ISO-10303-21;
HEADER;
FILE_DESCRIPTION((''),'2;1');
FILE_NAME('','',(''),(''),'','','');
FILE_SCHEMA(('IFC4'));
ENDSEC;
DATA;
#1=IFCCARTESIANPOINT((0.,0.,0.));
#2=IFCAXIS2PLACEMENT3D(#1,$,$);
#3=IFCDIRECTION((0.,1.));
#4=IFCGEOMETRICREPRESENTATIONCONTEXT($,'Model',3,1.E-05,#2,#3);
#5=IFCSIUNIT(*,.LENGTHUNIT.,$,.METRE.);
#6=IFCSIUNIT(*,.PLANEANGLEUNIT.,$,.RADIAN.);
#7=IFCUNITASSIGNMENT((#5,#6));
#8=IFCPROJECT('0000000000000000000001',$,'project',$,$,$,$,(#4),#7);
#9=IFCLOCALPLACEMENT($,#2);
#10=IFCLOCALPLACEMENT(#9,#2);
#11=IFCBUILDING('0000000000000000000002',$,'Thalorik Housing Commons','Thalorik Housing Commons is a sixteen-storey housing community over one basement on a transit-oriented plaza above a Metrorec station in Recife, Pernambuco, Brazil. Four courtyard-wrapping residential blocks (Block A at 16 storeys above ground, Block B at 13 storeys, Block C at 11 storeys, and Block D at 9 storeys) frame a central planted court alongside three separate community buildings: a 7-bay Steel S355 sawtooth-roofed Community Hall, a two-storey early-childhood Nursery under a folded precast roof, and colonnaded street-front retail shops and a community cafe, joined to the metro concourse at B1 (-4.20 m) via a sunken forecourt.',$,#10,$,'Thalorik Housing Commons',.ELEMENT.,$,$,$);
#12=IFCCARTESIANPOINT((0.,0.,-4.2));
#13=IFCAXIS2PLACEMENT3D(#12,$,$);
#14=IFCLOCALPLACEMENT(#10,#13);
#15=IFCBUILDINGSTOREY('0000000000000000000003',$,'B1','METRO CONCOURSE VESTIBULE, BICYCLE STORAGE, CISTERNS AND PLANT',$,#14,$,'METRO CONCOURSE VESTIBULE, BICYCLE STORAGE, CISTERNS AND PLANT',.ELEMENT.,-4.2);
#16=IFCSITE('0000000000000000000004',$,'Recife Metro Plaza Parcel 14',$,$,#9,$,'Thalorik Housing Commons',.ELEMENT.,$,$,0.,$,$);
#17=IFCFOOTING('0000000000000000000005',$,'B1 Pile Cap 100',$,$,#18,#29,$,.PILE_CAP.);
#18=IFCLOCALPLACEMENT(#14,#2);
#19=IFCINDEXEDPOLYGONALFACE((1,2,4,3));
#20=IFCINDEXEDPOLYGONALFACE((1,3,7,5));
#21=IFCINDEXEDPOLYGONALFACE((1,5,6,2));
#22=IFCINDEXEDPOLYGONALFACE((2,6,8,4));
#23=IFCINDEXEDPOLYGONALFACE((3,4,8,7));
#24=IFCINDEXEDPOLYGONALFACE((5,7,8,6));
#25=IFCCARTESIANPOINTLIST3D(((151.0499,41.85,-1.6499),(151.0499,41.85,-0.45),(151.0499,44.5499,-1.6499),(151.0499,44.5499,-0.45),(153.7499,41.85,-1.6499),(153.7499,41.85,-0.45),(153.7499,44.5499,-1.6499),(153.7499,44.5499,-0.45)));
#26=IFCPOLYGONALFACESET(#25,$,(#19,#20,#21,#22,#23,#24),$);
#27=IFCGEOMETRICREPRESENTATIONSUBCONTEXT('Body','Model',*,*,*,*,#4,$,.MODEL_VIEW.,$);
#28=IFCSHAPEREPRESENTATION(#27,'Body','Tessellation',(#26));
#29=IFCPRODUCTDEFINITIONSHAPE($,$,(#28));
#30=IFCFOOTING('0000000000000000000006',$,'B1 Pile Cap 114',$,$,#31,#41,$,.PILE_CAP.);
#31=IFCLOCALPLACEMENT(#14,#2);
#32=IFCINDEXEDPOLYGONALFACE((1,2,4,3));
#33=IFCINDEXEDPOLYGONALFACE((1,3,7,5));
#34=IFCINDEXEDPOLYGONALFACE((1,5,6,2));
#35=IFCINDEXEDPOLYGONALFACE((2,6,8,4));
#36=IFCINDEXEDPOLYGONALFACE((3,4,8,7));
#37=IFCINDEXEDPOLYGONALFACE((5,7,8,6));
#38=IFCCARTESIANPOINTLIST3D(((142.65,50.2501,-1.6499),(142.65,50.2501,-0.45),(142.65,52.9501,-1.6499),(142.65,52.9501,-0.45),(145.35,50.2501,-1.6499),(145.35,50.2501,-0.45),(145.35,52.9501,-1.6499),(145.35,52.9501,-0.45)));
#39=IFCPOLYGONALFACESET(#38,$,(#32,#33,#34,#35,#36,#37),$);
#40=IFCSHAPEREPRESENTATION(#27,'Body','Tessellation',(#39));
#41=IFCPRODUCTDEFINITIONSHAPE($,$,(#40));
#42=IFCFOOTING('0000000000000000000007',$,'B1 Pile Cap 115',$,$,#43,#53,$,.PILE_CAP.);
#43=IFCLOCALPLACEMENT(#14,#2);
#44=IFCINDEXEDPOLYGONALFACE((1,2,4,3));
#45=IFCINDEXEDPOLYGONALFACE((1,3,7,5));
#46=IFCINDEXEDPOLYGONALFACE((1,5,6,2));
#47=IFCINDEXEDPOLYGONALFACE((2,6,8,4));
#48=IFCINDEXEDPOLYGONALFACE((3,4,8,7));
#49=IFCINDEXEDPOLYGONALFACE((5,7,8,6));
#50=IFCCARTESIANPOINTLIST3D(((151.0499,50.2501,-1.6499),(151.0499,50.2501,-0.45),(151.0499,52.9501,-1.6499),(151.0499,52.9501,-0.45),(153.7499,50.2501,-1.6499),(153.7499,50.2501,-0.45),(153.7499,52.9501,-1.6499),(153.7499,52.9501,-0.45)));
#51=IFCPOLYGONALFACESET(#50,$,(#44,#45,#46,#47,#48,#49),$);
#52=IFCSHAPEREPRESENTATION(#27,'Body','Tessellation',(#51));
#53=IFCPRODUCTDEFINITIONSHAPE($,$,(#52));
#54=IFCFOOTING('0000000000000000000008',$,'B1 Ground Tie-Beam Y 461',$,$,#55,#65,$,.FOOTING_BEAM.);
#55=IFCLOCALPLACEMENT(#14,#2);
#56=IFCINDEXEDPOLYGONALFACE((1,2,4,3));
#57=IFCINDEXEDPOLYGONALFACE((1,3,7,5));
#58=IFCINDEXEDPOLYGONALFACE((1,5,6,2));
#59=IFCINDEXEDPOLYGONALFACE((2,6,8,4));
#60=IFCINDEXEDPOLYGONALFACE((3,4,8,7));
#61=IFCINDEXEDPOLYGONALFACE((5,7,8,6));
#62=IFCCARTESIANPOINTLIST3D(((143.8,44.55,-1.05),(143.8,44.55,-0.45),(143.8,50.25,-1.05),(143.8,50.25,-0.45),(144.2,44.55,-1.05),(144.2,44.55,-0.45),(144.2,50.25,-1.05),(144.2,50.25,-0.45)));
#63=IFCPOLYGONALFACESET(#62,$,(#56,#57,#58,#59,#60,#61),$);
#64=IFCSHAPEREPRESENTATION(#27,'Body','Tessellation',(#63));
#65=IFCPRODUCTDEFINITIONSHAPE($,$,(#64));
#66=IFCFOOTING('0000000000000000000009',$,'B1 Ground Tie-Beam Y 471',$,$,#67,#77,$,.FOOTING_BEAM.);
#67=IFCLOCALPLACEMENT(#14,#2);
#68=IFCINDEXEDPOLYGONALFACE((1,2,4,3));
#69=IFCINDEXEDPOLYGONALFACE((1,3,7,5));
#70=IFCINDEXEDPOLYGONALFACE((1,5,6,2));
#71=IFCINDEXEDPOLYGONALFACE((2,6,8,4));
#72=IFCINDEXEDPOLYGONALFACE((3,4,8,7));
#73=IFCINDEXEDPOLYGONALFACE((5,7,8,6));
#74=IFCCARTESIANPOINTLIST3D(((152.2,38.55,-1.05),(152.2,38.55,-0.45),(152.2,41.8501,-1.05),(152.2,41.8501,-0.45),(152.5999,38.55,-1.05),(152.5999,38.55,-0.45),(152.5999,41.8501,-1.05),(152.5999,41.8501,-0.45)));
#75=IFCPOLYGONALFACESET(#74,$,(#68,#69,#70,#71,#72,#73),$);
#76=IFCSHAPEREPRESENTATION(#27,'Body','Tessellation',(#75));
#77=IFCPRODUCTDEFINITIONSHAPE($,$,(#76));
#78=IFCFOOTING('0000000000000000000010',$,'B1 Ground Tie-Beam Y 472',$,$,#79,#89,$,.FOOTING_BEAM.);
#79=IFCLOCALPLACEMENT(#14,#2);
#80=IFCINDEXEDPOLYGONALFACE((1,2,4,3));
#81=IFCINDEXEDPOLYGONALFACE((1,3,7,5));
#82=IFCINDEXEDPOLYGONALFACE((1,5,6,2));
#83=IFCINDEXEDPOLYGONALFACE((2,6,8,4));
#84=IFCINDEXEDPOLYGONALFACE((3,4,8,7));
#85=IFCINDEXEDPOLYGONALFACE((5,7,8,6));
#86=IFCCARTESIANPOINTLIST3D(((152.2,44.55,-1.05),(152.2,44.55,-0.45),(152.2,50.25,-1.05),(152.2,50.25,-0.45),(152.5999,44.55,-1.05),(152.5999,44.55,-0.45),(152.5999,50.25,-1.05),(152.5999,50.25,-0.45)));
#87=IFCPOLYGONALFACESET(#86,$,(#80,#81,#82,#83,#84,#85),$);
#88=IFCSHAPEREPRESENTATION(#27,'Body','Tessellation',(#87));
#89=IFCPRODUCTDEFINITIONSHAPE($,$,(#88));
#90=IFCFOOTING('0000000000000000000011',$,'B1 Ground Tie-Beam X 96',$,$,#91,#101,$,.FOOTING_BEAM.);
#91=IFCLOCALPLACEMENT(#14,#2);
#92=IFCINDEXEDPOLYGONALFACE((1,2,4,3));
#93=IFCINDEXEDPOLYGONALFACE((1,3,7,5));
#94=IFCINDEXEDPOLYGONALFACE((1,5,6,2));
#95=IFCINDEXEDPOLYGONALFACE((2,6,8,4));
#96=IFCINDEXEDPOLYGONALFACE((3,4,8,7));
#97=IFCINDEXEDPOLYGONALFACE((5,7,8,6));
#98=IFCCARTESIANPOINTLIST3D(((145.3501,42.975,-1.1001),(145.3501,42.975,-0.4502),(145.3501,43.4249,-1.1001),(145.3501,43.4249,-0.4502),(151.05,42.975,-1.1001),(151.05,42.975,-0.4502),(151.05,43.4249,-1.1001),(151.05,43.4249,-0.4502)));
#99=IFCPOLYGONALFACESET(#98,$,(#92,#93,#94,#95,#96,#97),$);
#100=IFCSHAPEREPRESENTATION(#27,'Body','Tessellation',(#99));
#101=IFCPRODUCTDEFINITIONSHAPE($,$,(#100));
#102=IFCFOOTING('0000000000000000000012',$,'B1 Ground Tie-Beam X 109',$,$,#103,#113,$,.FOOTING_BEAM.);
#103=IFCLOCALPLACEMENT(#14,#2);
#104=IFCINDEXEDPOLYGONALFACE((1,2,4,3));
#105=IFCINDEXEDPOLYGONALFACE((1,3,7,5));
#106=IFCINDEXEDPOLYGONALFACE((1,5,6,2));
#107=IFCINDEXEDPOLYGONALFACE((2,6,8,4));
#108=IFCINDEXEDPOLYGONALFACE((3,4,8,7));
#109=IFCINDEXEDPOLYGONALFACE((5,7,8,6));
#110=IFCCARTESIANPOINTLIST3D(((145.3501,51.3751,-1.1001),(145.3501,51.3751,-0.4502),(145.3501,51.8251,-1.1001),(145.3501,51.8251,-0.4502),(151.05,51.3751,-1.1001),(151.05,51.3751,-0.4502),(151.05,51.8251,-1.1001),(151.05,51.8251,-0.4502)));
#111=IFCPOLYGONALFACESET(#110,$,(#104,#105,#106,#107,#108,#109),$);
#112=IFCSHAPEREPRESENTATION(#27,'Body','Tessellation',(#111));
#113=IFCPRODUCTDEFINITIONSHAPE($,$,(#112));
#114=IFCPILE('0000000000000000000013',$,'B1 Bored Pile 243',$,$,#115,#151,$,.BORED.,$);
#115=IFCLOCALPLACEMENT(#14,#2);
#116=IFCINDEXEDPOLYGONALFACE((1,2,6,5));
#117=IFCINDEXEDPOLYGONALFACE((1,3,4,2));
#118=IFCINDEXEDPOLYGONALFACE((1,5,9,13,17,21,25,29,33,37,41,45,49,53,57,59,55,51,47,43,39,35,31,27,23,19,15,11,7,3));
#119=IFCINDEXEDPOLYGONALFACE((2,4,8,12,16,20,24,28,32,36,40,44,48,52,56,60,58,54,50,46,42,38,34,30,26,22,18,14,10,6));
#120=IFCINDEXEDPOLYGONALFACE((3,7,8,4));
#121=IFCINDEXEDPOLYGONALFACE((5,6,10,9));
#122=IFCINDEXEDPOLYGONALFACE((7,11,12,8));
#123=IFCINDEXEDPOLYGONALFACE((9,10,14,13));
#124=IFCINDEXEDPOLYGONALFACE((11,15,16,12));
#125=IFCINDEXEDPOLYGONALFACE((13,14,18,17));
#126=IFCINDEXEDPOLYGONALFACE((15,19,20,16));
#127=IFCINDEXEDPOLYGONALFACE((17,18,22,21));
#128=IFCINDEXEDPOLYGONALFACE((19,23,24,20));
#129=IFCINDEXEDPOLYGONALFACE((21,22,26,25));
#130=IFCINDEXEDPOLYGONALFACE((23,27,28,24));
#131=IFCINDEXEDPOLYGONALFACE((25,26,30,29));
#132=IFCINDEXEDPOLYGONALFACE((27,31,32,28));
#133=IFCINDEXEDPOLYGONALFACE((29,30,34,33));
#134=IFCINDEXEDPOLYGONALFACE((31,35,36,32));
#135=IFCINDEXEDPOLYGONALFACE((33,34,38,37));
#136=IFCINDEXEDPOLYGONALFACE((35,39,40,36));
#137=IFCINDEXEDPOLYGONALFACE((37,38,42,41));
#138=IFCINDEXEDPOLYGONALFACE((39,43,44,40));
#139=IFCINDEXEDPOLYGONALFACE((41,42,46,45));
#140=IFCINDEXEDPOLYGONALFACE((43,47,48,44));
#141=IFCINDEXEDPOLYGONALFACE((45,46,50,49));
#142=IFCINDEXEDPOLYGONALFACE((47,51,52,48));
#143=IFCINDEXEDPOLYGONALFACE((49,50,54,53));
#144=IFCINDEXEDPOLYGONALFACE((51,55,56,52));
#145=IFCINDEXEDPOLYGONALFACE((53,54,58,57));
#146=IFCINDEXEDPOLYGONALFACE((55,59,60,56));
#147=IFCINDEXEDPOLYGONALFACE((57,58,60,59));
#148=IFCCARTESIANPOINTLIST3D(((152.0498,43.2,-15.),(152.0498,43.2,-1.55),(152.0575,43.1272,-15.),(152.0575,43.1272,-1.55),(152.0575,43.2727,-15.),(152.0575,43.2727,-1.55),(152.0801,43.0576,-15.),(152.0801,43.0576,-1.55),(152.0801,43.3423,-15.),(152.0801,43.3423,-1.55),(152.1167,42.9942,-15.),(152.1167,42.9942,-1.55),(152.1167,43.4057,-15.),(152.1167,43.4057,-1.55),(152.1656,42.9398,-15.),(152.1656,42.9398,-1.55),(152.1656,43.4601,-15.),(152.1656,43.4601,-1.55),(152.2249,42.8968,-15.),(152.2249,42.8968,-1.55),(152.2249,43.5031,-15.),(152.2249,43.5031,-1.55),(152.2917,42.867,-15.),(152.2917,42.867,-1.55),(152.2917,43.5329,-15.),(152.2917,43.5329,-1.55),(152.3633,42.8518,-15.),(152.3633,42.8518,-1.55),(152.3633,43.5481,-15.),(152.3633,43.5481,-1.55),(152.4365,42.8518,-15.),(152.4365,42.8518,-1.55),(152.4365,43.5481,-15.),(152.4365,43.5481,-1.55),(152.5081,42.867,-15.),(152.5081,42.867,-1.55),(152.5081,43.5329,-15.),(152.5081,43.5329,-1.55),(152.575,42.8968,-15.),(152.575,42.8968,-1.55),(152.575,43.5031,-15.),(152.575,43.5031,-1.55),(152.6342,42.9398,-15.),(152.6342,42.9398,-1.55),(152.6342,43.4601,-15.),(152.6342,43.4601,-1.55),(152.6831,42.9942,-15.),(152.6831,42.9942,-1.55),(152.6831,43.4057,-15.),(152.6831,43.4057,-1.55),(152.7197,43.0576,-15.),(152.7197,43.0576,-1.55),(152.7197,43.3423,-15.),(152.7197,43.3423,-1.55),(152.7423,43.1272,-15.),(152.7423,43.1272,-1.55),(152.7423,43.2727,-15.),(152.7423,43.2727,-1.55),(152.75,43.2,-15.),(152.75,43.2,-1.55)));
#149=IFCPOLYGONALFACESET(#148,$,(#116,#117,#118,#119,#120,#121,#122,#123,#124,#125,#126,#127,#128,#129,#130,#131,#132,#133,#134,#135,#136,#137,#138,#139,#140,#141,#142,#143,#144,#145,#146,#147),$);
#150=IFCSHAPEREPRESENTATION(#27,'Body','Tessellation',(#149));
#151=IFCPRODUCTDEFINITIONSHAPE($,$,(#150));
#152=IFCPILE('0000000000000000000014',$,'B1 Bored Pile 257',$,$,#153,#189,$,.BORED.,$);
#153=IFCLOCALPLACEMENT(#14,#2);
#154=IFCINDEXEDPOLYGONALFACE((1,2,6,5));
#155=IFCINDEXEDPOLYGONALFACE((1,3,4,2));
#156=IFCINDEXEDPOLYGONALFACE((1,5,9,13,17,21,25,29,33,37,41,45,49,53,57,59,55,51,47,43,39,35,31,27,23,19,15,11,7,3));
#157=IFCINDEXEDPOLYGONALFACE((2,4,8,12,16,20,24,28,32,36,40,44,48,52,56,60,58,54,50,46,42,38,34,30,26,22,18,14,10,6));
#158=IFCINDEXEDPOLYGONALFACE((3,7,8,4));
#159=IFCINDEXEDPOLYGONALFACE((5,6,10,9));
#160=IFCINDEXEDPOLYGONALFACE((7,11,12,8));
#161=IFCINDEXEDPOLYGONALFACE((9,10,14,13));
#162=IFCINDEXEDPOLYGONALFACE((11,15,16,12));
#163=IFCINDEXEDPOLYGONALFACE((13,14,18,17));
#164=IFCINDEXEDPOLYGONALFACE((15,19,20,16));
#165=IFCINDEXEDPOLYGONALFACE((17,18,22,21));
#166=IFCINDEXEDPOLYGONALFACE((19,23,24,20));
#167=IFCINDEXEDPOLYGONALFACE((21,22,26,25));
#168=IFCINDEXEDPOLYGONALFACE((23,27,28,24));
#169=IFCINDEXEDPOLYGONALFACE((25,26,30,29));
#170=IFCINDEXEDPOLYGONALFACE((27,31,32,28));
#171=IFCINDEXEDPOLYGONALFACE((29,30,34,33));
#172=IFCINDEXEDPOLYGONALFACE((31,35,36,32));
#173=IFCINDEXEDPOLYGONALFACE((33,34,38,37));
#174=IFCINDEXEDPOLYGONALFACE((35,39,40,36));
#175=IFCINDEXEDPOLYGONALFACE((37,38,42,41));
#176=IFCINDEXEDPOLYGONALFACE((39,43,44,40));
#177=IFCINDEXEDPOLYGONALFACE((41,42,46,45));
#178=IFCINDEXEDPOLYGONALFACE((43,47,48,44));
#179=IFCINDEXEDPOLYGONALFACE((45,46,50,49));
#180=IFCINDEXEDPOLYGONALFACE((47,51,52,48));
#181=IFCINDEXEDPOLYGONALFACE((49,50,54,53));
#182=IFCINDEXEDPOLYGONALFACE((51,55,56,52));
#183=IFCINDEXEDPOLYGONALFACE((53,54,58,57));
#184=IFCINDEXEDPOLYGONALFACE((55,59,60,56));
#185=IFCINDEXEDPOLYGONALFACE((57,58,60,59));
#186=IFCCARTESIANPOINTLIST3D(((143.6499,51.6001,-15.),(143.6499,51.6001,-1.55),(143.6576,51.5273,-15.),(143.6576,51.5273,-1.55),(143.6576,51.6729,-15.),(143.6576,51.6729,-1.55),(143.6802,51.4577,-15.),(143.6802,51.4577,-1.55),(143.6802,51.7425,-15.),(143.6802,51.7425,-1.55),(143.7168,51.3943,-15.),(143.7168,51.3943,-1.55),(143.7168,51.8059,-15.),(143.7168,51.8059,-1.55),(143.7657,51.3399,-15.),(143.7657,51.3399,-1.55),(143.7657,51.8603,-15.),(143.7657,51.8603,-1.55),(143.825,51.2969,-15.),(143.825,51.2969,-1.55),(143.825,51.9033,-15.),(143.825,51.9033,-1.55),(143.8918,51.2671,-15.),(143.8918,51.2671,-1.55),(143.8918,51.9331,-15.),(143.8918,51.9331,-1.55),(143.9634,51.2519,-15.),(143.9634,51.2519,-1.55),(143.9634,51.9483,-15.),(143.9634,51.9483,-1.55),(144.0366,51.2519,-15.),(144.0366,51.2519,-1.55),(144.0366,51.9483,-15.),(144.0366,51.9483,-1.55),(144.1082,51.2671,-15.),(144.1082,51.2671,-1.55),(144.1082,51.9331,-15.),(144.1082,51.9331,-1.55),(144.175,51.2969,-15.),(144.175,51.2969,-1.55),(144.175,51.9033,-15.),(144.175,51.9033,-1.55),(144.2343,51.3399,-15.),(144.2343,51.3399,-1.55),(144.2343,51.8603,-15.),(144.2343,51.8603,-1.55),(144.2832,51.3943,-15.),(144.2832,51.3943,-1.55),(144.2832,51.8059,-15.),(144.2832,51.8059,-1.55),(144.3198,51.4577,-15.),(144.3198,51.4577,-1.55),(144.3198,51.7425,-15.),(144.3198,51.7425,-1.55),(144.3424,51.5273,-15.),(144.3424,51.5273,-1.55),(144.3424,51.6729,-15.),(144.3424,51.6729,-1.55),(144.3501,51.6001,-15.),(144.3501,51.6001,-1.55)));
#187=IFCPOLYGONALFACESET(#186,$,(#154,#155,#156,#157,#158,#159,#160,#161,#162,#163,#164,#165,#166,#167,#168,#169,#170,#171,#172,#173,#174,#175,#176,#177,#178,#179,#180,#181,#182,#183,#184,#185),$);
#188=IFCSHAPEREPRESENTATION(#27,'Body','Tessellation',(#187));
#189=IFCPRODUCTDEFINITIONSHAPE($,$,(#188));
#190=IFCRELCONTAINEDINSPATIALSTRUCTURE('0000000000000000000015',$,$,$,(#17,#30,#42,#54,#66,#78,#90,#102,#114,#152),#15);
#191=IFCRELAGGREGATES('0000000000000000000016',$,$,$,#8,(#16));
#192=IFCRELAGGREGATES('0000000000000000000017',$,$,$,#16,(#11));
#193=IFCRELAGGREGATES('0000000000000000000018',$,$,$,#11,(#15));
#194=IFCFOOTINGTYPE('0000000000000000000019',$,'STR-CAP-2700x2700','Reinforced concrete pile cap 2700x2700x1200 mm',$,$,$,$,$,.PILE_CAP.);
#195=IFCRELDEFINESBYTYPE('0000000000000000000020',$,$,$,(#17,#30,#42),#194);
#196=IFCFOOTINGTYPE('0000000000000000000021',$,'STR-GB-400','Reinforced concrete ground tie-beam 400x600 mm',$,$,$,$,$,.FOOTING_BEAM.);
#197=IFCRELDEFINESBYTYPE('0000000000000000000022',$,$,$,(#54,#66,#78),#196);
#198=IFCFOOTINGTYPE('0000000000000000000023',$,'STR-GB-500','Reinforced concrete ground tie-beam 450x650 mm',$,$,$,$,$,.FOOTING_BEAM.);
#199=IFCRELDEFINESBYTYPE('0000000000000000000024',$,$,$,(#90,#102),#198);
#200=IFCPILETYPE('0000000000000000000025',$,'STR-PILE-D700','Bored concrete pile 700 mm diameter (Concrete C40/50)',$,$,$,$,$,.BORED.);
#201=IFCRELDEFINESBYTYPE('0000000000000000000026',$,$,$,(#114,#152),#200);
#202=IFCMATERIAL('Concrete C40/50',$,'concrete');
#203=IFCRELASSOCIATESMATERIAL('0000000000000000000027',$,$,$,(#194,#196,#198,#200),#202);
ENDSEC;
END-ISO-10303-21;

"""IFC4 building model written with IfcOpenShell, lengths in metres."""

from ifc_helpers import new_model, si_unit, direction, frame, origin, origin_2d, place, context, subcontext, project, spatial, rectangle, circle, extrude, material, material_profile, profile_set, type_object, element, save


model = new_model("IFC4")

# Units and contexts
model_context = context("Model", 3, precision=1e-05, world=origin(), true_north=direction((0.0, 1.0)))
body_context = subcontext(model_context, "Body", "Model", "MODEL_VIEW")
ifc_project = project(units=[si_unit("LENGTHUNIT", "METRE"), si_unit("PLANEANGLEUNIT", "RADIAN")], contexts=[model_context])

# Site, building, storey
site_placement = place(None, origin())
site = spatial("IfcSite", under=ifc_project, at=site_placement, Name="Recife Metro Plaza Parcel 14", LongName="Thalorik Housing Commons", CompositionType="ELEMENT", RefElevation=0.0)
building_placement = place(site_placement, origin())
building = spatial("IfcBuilding", under=site, at=building_placement, Name="Thalorik Housing Commons", Description="Thalorik Housing Commons is a sixteen-storey housing community over one basement on a transit-oriented plaza above a Metrorec station in Recife, Pernambuco, Brazil. Four courtyard-wrapping residential blocks (Block A at 16 storeys above ground, Block B at 13 storeys, Block C at 11 storeys, and Block D at 9 storeys) frame a central planted court alongside three separate community buildings: a 7-bay Steel S355 sawtooth-roofed Community Hall, a two-storey early-childhood Nursery under a folded precast roof, and colonnaded street-front retail shops and a community cafe, joined to the metro concourse at B1 (-4.20 m) via a sunken forecourt.", LongName="Thalorik Housing Commons", CompositionType="ELEMENT")
storey_placement = place(building_placement, frame((0.0, 0.0, -4.2)))
storey = spatial("IfcBuildingStorey", under=building, at=storey_placement, Name="B1", Description="METRO CONCOURSE VESTIBULE, BICYCLE STORAGE, CISTERNS AND PLANT", LongName="METRO CONCOURSE VESTIBULE, BICYCLE STORAGE, CISTERNS AND PLANT", CompositionType="ELEMENT", Elevation=-4.2)

# Footings
ifc_material_1 = material(Name="Concrete C40/50", Category="concrete")
footing_type_1 = type_object("IfcFootingType", Name="STR-CAP-2700x2700", Description="Reinforced concrete pile cap 2700x2700x1200 mm", PredefinedType="PILE_CAP", material=ifc_material_1)
for number, where, z_axis, x_axis, name in (
    (1, (152.3999, 43.2, -1.6499), (0.0, 0.0, 1.0), (1.0, 0.0, 0.0), "B1 Pile Cap 100"),
    (2, (144.0, 51.6001, -1.6499), (0.0, 0.0, 1.0), (1.0, 0.0, 0.0), "B1 Pile Cap 114"),
    (3, (152.3999, 51.6001, -1.6499), (0.0, 0.0, 1.0), (1.0, 0.0, 0.0), "B1 Pile Cap 115"),
):
    element("IfcFooting", number, at=place(storey_placement, frame(where, z_axis=z_axis, x_axis=x_axis)), inside=storey, type_object=footing_type_1, Name=name, PredefinedType="PILE_CAP", context=body_context, shape_type="SweptSolid", body=[
        extrude(rectangle(XDim=2.7, YDim=2.7, at=origin_2d()), origin(), (0.0, 0.0, 1.0), 1.2),
    ])
ifc_material_profile_1 = material_profile(ifc_material_1, rectangle(XDim=0.3999, YDim=0.6001, at=origin_2d()), Name="RC 400x600", Category="concrete")
ifc_profile_set_1 = profile_set([ifc_material_profile_1], Name="Concrete C40/50")
footing_type_2 = type_object("IfcFootingType", Name="STR-GB-400", Description="Reinforced concrete ground tie-beam 400x600 mm", PredefinedType="FOOTING_BEAM", material=ifc_profile_set_1)
footing_1_placement = place(storey_placement, frame((144.0, 44.55, -0.75), z_axis=(0.0, 1.0, 0.0), x_axis=(-1.0, 0.0, 0.0)))
element("IfcFooting", 4, at=footing_1_placement, inside=storey, type_object=footing_type_2, Name="B1 Ground Tie-Beam Y 461", PredefinedType="FOOTING_BEAM", context=body_context, shape_type="SweptSolid", body=[
    extrude(rectangle(XDim=0.3999, YDim=0.6001, at=origin_2d()), origin(), (0.0, 0.0, 1.0), 5.7),
])
footing_2_placement = place(storey_placement, frame((152.3999, 38.55, -0.75), z_axis=(0.0, 1.0, 0.0), x_axis=(-1.0, 0.0, 0.0)))
element("IfcFooting", 5, at=footing_2_placement, inside=storey, type_object=footing_type_2, Name="B1 Ground Tie-Beam Y 471", PredefinedType="FOOTING_BEAM", context=body_context, shape_type="SweptSolid", body=[
    extrude(rectangle(XDim=0.3999, YDim=0.6001, at=origin_2d()), origin(), (0.0, 0.0, 1.0), 3.3),
])
footing_3_placement = place(storey_placement, frame((152.3999, 44.55, -0.75), z_axis=(0.0, 1.0, 0.0), x_axis=(-1.0, 0.0, 0.0)))
element("IfcFooting", 6, at=footing_3_placement, inside=storey, type_object=footing_type_2, Name="B1 Ground Tie-Beam Y 472", PredefinedType="FOOTING_BEAM", context=body_context, shape_type="SweptSolid", body=[
    extrude(rectangle(XDim=0.3999, YDim=0.6001, at=origin_2d()), origin(), (0.0, 0.0, 1.0), 5.7),
])
ifc_material_profile_2 = material_profile(ifc_material_1, rectangle(XDim=0.45, YDim=0.6499, at=origin_2d()), Name="RC 450x650", Category="concrete")
ifc_profile_set_2 = profile_set([ifc_material_profile_2], Name="Concrete C40/50")
footing_type_3 = type_object("IfcFootingType", Name="STR-GB-500", Description="Reinforced concrete ground tie-beam 450x650 mm", PredefinedType="FOOTING_BEAM", material=ifc_profile_set_2)
for number, where, z_axis, x_axis, name in (
    (7, (145.3501, 43.2, -0.7751), (1.0, 0.0, 0.0), (0.0, 1.0, 0.0), "B1 Ground Tie-Beam X 96"),
    (8, (145.3501, 51.6001, -0.7751), (1.0, 0.0, 0.0), (0.0, 1.0, 0.0), "B1 Ground Tie-Beam X 109"),
):
    element("IfcFooting", number, at=place(storey_placement, frame(where, z_axis=z_axis, x_axis=x_axis)), inside=storey, type_object=footing_type_3, Name=name, PredefinedType="FOOTING_BEAM", context=body_context, shape_type="SweptSolid", body=[
        extrude(rectangle(XDim=0.45, YDim=0.6499, at=origin_2d()), origin(), (0.0, 0.0, 1.0), 5.7),
    ])

# Piles
ifc_material_profile_3 = material_profile(ifc_material_1, circle(Radius=0.3501, at=origin_2d()), Name="BORED PILE D700", Category="concrete")
ifc_profile_set_3 = profile_set([ifc_material_profile_3], Name="Concrete C40/50")
pile_type = type_object("IfcPileType", Name="STR-PILE-D700", Description="Bored concrete pile 700 mm diameter (Concrete C40/50)", PredefinedType="BORED", material=ifc_profile_set_3)
for number, where, z_axis, x_axis, name in (
    (9, (152.3999, 43.2, -1.55), (0.0, 0.0, -1.0), (1.0, 0.0, 0.0), "B1 Bored Pile 243"),
    (10, (144.0, 51.6001, -1.55), (0.0, 0.0, -1.0), (1.0, 0.0, 0.0), "B1 Bored Pile 257"),
):
    element("IfcPile", number, at=place(storey_placement, frame(where, z_axis=z_axis, x_axis=x_axis)), inside=storey, type_object=pile_type, Name=name, PredefinedType="BORED", context=body_context, shape_type="SweptSolid", body=[
        extrude(circle(Radius=0.3501, at=origin_2d()), origin(), (0.0, 0.0, 1.0), 13.45),
    ])

save(model, "model.ifc")
